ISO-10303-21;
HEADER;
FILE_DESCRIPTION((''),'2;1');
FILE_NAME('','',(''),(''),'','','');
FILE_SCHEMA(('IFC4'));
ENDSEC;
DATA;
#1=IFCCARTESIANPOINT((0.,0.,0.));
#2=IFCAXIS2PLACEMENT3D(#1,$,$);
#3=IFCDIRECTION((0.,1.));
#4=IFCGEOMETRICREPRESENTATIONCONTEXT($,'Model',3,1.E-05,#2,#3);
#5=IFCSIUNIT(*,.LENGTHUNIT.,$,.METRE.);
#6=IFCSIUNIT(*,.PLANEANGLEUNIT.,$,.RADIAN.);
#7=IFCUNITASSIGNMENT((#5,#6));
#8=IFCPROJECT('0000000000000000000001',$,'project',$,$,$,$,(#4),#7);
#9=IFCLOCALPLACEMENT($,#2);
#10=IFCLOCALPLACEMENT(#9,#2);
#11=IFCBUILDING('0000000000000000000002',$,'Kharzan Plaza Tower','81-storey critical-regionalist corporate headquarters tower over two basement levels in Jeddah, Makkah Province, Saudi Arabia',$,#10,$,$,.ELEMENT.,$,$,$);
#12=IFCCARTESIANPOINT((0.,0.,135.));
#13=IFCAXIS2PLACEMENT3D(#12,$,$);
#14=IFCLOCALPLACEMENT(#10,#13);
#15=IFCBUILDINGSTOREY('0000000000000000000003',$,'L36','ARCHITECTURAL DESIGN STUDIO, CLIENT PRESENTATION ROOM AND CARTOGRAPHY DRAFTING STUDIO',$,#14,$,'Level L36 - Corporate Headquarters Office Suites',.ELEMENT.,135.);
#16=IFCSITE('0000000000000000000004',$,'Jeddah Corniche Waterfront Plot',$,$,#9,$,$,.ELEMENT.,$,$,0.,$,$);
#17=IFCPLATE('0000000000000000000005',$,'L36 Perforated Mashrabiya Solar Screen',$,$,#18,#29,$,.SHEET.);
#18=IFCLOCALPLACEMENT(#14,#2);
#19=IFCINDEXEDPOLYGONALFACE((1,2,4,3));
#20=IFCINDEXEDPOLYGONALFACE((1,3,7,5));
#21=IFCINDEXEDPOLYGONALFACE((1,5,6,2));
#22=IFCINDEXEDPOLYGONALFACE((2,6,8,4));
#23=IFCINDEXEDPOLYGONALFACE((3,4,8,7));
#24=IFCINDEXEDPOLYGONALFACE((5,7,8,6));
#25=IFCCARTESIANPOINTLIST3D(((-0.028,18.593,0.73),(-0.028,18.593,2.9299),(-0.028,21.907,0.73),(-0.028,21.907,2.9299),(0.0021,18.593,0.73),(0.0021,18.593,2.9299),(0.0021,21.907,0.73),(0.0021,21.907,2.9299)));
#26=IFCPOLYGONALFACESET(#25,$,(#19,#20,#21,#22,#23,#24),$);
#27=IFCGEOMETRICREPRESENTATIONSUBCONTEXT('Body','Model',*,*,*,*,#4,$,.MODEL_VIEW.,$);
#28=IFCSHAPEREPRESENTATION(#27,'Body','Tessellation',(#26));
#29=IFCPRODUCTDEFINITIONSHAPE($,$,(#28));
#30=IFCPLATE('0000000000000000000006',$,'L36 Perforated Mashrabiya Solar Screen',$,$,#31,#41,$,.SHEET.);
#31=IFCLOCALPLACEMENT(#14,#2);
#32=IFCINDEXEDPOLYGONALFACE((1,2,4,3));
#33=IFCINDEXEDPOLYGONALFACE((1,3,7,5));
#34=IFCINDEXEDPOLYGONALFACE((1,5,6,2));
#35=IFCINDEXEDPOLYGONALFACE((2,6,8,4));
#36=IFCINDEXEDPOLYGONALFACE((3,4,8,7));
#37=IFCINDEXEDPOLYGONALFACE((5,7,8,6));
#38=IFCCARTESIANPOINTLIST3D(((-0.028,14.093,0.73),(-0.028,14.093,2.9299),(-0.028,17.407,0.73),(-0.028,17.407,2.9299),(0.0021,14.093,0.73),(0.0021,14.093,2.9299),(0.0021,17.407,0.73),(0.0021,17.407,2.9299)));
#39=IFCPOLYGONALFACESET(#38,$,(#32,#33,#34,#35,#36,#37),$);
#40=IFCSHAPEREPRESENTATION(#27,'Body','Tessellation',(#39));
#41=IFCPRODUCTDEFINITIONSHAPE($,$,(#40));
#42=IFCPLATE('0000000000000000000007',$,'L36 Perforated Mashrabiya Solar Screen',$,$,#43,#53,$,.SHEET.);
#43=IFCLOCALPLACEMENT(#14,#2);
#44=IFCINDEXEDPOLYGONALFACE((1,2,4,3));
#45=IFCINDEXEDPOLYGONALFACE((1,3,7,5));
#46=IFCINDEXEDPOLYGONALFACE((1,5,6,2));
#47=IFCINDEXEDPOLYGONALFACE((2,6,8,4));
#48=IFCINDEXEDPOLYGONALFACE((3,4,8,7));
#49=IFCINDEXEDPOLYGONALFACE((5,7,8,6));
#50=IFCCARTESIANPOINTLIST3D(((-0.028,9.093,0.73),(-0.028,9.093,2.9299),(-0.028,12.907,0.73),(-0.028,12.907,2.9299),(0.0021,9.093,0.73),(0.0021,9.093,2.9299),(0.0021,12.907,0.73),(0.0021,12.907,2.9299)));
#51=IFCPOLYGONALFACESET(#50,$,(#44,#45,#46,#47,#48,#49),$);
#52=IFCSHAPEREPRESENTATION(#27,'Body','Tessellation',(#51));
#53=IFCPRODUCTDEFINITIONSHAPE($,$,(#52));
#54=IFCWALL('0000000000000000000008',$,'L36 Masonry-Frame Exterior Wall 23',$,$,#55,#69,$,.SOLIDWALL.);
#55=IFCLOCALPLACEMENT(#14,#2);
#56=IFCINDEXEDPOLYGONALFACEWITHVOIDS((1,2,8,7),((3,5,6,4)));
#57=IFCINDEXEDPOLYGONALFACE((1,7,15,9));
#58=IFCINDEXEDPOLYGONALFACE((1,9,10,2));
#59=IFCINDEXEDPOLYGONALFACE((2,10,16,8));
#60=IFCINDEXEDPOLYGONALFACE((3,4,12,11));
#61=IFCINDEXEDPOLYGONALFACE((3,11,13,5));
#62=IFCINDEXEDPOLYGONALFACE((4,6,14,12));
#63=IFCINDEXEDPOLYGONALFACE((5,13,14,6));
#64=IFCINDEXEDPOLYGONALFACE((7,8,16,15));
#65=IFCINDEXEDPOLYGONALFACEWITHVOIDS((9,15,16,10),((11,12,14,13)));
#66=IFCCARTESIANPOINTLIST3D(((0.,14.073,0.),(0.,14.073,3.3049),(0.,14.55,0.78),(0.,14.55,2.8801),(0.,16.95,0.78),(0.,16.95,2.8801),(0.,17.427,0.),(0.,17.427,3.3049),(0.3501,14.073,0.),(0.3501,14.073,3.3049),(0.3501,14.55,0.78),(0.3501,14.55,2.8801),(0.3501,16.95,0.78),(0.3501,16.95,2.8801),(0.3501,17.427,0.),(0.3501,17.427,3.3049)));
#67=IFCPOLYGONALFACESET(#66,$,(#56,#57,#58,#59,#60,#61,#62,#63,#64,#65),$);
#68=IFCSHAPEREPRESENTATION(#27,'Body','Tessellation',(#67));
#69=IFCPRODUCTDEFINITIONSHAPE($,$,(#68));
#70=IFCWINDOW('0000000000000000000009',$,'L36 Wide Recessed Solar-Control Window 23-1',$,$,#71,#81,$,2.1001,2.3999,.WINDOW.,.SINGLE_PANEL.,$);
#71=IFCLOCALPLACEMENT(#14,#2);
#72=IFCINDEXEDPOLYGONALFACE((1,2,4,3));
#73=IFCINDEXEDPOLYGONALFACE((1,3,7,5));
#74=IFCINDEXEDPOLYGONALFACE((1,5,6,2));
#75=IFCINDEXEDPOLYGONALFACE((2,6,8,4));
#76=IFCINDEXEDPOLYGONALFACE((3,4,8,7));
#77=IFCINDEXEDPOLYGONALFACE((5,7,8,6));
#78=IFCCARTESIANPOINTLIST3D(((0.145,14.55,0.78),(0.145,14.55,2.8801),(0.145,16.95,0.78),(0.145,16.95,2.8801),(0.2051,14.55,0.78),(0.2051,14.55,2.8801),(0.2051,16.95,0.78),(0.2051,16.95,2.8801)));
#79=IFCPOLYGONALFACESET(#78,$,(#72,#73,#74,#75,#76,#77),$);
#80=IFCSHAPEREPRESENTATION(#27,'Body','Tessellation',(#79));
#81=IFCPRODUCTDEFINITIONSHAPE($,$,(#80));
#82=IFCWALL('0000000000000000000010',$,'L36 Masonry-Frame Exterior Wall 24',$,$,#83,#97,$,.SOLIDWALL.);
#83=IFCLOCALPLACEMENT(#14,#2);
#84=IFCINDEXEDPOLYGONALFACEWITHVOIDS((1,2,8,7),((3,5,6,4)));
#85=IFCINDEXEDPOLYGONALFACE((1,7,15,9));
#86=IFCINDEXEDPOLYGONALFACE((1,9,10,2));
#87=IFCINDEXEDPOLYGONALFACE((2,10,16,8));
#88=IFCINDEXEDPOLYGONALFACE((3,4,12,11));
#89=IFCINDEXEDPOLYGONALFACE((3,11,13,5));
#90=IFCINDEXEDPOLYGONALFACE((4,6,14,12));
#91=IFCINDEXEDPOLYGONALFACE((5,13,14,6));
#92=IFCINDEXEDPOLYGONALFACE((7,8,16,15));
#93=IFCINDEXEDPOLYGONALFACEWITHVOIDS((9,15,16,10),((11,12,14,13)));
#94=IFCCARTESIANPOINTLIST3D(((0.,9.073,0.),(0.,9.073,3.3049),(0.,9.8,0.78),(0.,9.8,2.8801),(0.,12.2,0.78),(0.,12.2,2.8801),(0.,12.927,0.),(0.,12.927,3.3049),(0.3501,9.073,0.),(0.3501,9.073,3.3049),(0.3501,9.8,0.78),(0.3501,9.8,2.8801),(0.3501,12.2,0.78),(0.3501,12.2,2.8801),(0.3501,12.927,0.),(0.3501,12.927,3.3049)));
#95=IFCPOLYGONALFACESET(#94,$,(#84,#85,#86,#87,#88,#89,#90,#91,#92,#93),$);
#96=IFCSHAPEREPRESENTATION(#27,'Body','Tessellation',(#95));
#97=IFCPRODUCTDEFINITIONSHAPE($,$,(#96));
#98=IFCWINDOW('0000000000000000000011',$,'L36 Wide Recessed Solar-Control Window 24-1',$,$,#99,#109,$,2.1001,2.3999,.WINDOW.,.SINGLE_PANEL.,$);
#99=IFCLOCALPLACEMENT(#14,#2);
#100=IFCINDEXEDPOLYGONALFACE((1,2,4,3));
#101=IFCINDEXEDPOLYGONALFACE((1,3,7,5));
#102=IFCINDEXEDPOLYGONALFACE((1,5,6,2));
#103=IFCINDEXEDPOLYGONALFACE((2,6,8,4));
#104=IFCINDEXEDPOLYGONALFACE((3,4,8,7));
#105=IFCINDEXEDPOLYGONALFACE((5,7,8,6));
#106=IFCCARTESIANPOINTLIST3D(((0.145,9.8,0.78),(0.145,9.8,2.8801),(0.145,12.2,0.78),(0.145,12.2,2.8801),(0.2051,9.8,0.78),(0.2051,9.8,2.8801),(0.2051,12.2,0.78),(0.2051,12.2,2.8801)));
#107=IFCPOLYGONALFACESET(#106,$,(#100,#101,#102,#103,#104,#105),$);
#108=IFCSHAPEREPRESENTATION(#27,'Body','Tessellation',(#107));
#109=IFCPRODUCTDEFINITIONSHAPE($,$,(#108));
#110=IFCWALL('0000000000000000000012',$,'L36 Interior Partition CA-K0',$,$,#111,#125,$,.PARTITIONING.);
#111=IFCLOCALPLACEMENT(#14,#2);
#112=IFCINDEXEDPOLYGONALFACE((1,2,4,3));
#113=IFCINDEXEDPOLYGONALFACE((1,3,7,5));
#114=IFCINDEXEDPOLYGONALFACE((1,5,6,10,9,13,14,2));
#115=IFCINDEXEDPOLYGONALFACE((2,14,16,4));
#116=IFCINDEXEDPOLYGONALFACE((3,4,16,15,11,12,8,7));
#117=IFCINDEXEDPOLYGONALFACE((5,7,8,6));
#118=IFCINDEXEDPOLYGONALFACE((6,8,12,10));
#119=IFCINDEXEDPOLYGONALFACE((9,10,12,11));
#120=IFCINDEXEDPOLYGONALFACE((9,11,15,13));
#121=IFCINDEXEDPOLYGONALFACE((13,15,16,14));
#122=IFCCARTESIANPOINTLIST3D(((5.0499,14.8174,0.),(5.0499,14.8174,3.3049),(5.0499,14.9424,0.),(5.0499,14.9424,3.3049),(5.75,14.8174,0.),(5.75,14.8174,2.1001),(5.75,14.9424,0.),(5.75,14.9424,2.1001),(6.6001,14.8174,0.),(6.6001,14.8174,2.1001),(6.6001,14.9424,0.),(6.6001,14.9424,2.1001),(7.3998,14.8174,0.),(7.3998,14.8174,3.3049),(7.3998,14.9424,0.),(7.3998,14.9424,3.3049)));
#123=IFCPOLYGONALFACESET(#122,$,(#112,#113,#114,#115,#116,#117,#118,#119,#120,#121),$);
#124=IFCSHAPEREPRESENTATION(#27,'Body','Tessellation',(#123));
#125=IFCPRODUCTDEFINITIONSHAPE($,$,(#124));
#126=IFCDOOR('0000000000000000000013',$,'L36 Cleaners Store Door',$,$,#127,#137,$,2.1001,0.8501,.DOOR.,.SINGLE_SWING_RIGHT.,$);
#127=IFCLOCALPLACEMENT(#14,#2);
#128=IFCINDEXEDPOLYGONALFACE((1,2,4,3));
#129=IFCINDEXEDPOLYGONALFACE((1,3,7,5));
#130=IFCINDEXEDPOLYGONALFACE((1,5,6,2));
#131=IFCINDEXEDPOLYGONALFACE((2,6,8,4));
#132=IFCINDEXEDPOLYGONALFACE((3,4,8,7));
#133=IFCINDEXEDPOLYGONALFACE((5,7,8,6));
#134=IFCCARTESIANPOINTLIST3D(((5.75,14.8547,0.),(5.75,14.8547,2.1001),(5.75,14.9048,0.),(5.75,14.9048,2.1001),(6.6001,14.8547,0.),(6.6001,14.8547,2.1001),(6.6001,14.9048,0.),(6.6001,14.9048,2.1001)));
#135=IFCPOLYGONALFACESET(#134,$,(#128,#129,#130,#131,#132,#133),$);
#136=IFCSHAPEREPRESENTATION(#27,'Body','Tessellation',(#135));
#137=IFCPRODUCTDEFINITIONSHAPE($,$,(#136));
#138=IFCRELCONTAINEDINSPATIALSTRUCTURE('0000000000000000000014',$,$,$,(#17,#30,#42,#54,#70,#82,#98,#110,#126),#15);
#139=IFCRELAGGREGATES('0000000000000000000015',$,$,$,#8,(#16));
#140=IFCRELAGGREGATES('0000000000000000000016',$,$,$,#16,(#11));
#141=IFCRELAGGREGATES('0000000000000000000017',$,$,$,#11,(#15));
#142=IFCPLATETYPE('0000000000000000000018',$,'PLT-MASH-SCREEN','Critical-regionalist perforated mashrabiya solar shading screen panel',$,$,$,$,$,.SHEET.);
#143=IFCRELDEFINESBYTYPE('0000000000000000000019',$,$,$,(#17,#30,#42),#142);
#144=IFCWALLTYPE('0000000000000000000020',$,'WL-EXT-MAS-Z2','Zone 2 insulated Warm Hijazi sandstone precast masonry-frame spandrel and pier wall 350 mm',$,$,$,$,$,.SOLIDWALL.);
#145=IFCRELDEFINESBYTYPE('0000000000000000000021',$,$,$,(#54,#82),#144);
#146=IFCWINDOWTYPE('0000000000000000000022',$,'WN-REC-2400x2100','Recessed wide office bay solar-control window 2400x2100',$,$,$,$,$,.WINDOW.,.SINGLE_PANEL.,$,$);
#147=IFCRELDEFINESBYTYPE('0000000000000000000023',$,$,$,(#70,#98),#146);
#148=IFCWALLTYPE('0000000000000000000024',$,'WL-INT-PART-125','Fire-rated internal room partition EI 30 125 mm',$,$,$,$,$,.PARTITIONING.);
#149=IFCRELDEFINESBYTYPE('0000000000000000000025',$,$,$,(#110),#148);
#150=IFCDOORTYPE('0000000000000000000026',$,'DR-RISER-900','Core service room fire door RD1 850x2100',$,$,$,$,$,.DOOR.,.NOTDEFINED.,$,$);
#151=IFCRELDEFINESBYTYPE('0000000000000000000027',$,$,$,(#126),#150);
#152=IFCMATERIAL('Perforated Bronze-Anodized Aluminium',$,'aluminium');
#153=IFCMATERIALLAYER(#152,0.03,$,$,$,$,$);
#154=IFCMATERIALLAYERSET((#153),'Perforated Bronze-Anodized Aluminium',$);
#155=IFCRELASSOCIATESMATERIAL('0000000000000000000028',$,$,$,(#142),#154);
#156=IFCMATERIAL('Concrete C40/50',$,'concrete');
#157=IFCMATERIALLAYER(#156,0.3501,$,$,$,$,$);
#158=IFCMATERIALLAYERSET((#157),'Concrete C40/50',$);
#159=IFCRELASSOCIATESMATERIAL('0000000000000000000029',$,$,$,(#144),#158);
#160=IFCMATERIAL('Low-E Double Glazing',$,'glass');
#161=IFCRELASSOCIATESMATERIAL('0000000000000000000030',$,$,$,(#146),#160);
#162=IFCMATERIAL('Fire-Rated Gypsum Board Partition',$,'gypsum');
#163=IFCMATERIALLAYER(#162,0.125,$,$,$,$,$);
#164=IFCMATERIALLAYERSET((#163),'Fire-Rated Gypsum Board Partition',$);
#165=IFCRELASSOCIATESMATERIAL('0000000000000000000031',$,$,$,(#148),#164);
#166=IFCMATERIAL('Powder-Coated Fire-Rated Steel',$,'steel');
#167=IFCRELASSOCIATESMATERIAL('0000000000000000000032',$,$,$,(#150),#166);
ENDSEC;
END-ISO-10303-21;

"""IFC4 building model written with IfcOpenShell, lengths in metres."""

from ifc_helpers import new_model, si_unit, direction, frame, frame_2d, origin, origin_2d, place, context, subcontext, project, spatial, rectangle, extrude, source, transform, mapped, material, layer, layer_set, type_object, element, fill, save


model = new_model("IFC4")

# Units and contexts
model_context = context("Model", 3, precision=1e-05, world=origin(), true_north=direction((0.0, 1.0)))
body_context = subcontext(model_context, "Body", "Model", "MODEL_VIEW")
ifc_project = project(units=[si_unit("LENGTHUNIT", "METRE"), si_unit("PLANEANGLEUNIT", "RADIAN")], contexts=[model_context])

# Site, building, storey
site_placement = place(None, origin())
site = spatial("IfcSite", under=ifc_project, at=site_placement, Name="Jeddah Corniche Waterfront Plot", CompositionType="ELEMENT", RefElevation=0.0)
building_placement = place(site_placement, origin())
building = spatial("IfcBuilding", under=site, at=building_placement, Name="Kharzan Plaza Tower", Description="81-storey critical-regionalist corporate headquarters tower over two basement levels in Jeddah, Makkah Province, Saudi Arabia", CompositionType="ELEMENT")
storey_placement = place(building_placement, frame((0.0, 0.0, 135.0)))
storey = spatial("IfcBuildingStorey", under=building, at=storey_placement, Name="L36", Description="ARCHITECTURAL DESIGN STUDIO, CLIENT PRESENTATION ROOM AND CARTOGRAPHY DRAFTING STUDIO", LongName="Level L36 - Corporate Headquarters Office Suites", CompositionType="ELEMENT", Elevation=135.0)

# Plates
ifc_material_1 = material(Name="Perforated Bronze-Anodized Aluminium", Category="aluminium")
ifc_layer_1 = layer(ifc_material_1, 0.03)
ifc_layer_set_1 = layer_set([ifc_layer_1], Name="Perforated Bronze-Anodized Aluminium")
plate_type = type_object("IfcPlateType", Name="PLT-MASH-SCREEN", Description="Critical-regionalist perforated mashrabiya solar shading screen panel", PredefinedType="SHEET", material=ifc_layer_set_1)
shared_shape_1 = source(origin(), body_context, "Body", "SweptSolid", [
    extrude(rectangle(XDim=3.314, YDim=0.03, at=origin_2d()), origin(), (0.0, 0.0, 1.0), 2.2),
])
for number, where, z_axis, x_axis, name in (
    (1, (-0.0129, 20.25, 0.73), (0.0, 0.0, 1.0), (0.0, -1.0, 0.0), "L36 Perforated Mashrabiya Solar Screen"),
    (2, (-0.0129, 15.75, 0.73), (0.0, 0.0, 1.0), (0.0, -1.0, 0.0), "L36 Perforated Mashrabiya Solar Screen"),
):
    element("IfcPlate", number, at=place(storey_placement, frame(where, z_axis=z_axis, x_axis=x_axis)), inside=storey, type_object=plate_type, Name=name, PredefinedType="SHEET", context=body_context, shape_type="MappedRepresentation", body=[
        mapped(shared_shape_1, transform((0.0, 0.0, 0.0), x_axis=(1.0, 0.0, 0.0), y_axis=(0.0, 1.0, 0.0), z_axis=(0.0, 0.0, 1.0))),
    ])
shared_shape_2 = source(origin(), body_context, "Body", "SweptSolid", [
    extrude(rectangle(XDim=3.814, YDim=0.03, at=origin_2d()), origin(), (0.0, 0.0, 1.0), 2.2),
])
plate_placement = place(storey_placement, frame((-0.0129, 11.0, 0.73), z_axis=(0.0, 0.0, 1.0), x_axis=(0.0, -1.0, 0.0)))
element("IfcPlate", 3, at=plate_placement, inside=storey, type_object=plate_type, Name="L36 Perforated Mashrabiya Solar Screen", PredefinedType="SHEET", context=body_context, shape_type="MappedRepresentation", body=[
    mapped(shared_shape_2, transform((0.0, 0.0, 0.0), x_axis=(1.0, 0.0, 0.0), y_axis=(0.0, 1.0, 0.0), z_axis=(0.0, 0.0, 1.0))),
])

# Walls, openings, windows
ifc_material_2 = material(Name="Concrete C40/50", Category="concrete")
ifc_layer_2 = layer(ifc_material_2, 0.3501)
ifc_layer_set_2 = layer_set([ifc_layer_2], Name="Concrete C40/50")
wall_type_1 = type_object("IfcWallType", Name="WL-EXT-MAS-Z2", Description="Zone 2 insulated Warm Hijazi sandstone precast masonry-frame spandrel and pier wall 350 mm", PredefinedType="SOLIDWALL", material=ifc_layer_set_2)
wall_1_placement = place(storey_placement, frame((0.175, 17.427, 0.0), z_axis=(0.0, 0.0, 1.0), x_axis=(0.0, -1.0, 0.0)))
wall_1 = element("IfcWall", 4, at=wall_1_placement, inside=storey, type_object=wall_type_1, Name="L36 Masonry-Frame Exterior Wall 23", PredefinedType="SOLIDWALL", context=body_context, shape_type="SweptSolid", body=[
    extrude(rectangle(XDim=3.354, YDim=0.3501, at=frame_2d((1.677, 0.0))), origin(), (0.0, 0.0, 1.0), 3.3049),
])
opening_1_placement = place(wall_1_placement, frame((0.4771, 0.0, 0.78)))
opening_1 = element("IfcOpeningElement", 5, at=opening_1_placement, cuts=wall_1, PredefinedType="OPENING", context=body_context, shape_type="SweptSolid", body=[
    extrude(rectangle(XDim=2.3999, YDim=2.1001, at=frame_2d((1.2, 1.05))), frame((0.0, 0.1851, 0.0), z_axis=(0.0, -1.0, 0.0), x_axis=(1.0, 0.0, 0.0)), (0.0, 0.0, 1.0), 0.3701),
])
ifc_material_3 = material(Name="Low-E Double Glazing", Category="glass")
window_type = type_object("IfcWindowType", Name="WN-REC-2400x2100", Description="Recessed wide office bay solar-control window 2400x2100", PartitioningType="SINGLE_PANEL", PredefinedType="WINDOW", material=ifc_material_3)
shared_shape_3 = source(origin(), body_context, "Body", "SweptSolid", [
    extrude(rectangle(XDim=2.3999, YDim=2.1001, at=frame_2d((1.2, 1.05))), frame((0.0, 0.03, 0.0), z_axis=(0.0, -1.0, 0.0), x_axis=(1.0, 0.0, 0.0)), (0.0, 0.0, 1.0), 0.0601),
])
window_1_placement = place(opening_1_placement, origin())
window_1 = element("IfcWindow", 6, at=window_1_placement, inside=storey, type_object=window_type, Name="L36 Wide Recessed Solar-Control Window 23-1", OverallHeight=2.1001, OverallWidth=2.3999, PartitioningType="SINGLE_PANEL", PredefinedType="WINDOW", context=body_context, shape_type="MappedRepresentation", body=[
    mapped(shared_shape_3, transform((0.0, 0.0, 0.0), x_axis=(1.0, 0.0, 0.0), y_axis=(0.0, 1.0, 0.0), z_axis=(0.0, 0.0, 1.0))),
])
fill(opening_1, window_1)
wall_2_placement = place(storey_placement, frame((0.175, 12.927, 0.0), z_axis=(0.0, 0.0, 1.0), x_axis=(0.0, -1.0, 0.0)))
wall_2 = element("IfcWall", 7, at=wall_2_placement, inside=storey, type_object=wall_type_1, Name="L36 Masonry-Frame Exterior Wall 24", PredefinedType="SOLIDWALL", context=body_context, shape_type="SweptSolid", body=[
    extrude(rectangle(XDim=3.854, YDim=0.3501, at=frame_2d((1.927, 0.0))), origin(), (0.0, 0.0, 1.0), 3.3049),
])
opening_2_placement = place(wall_2_placement, frame((0.7271, 0.0, 0.78)))
opening_2 = element("IfcOpeningElement", 8, at=opening_2_placement, cuts=wall_2, PredefinedType="OPENING", context=body_context, shape_type="SweptSolid", body=[
    extrude(rectangle(XDim=2.3999, YDim=2.1001, at=frame_2d((1.2, 1.05))), frame((0.0, 0.1851, 0.0), z_axis=(0.0, -1.0, 0.0), x_axis=(1.0, 0.0, 0.0)), (0.0, 0.0, 1.0), 0.3701),
])
window_2_placement = place(opening_2_placement, origin())
window_2 = element("IfcWindow", 9, at=window_2_placement, inside=storey, type_object=window_type, Name="L36 Wide Recessed Solar-Control Window 24-1", OverallHeight=2.1001, OverallWidth=2.3999, PartitioningType="SINGLE_PANEL", PredefinedType="WINDOW", context=body_context, shape_type="MappedRepresentation", body=[
    mapped(shared_shape_3, transform((0.0, 0.0, 0.0), x_axis=(1.0, 0.0, 0.0), y_axis=(0.0, 1.0, 0.0), z_axis=(0.0, 0.0, 1.0))),
])
fill(opening_2, window_2)

# Wall, opening, door
ifc_material_4 = material(Name="Fire-Rated Gypsum Board Partition", Category="gypsum")
ifc_layer_3 = layer(ifc_material_4, 0.125)
ifc_layer_set_3 = layer_set([ifc_layer_3], Name="Fire-Rated Gypsum Board Partition")
wall_type_2 = type_object("IfcWallType", Name="WL-INT-PART-125", Description="Fire-rated internal room partition EI 30 125 mm", PredefinedType="PARTITIONING", material=ifc_layer_set_3)
wall_3_placement = place(storey_placement, frame((5.05, 14.8799, 0.0), z_axis=(0.0, 0.0, 1.0), x_axis=(1.0, 0.0, 0.0)))
wall_3 = element("IfcWall", 10, at=wall_3_placement, inside=storey, type_object=wall_type_2, Name="L36 Interior Partition CA-K0", PredefinedType="PARTITIONING", context=body_context, shape_type="SweptSolid", body=[
    extrude(rectangle(XDim=2.3499, YDim=0.125, at=frame_2d((1.1748, 0.0))), origin(), (0.0, 0.0, 1.0), 3.3049),
])
opening_3_placement = place(wall_3_placement, frame((0.7, 0.0, 0.0)))
opening_3 = element("IfcOpeningElement", 11, at=opening_3_placement, cuts=wall_3, PredefinedType="OPENING", context=body_context, shape_type="SweptSolid", body=[
    extrude(rectangle(XDim=0.8501, YDim=2.1001, at=frame_2d((0.425, 1.05))), frame((0.0, 0.0725, 0.0), z_axis=(0.0, -1.0, 0.0), x_axis=(1.0, 0.0, 0.0)), (0.0, 0.0, 1.0), 0.145),
])
ifc_material_5 = material(Name="Powder-Coated Fire-Rated Steel", Category="steel")
door_type_1 = type_object("IfcDoorType", Name="DR-RISER-900", Description="Core service room fire door RD1 850x2100", OperationType="NOTDEFINED", PredefinedType="DOOR", material=ifc_material_5)
shared_shape_4 = source(origin(), body_context, "Body", "SweptSolid", [
    extrude(rectangle(XDim=0.8501, YDim=2.1001, at=frame_2d((0.425, 1.05))), frame((0.0, 0.0249, 0.0), z_axis=(0.0, -1.0, 0.0), x_axis=(1.0, 0.0, 0.0)), (0.0, 0.0, 1.0), 0.05),
])
door_1_placement = place(opening_3_placement, origin())
door_1 = element("IfcDoor", 12, at=door_1_placement, inside=storey, type_object=door_type_1, Name="L36 Cleaners Store Door", OperationType="SINGLE_SWING_RIGHT", OverallHeight=2.1001, OverallWidth=0.8501, PredefinedType="DOOR", context=body_context, shape_type="MappedRepresentation", body=[
    mapped(shared_shape_4, transform((0.0, 0.0, 0.0), x_axis=(1.0, 0.0, 0.0), y_axis=(0.0, 1.0, 0.0), z_axis=(0.0, 0.0, 1.0))),
])
fill(opening_3, door_1)

save(model, "model.ifc")
